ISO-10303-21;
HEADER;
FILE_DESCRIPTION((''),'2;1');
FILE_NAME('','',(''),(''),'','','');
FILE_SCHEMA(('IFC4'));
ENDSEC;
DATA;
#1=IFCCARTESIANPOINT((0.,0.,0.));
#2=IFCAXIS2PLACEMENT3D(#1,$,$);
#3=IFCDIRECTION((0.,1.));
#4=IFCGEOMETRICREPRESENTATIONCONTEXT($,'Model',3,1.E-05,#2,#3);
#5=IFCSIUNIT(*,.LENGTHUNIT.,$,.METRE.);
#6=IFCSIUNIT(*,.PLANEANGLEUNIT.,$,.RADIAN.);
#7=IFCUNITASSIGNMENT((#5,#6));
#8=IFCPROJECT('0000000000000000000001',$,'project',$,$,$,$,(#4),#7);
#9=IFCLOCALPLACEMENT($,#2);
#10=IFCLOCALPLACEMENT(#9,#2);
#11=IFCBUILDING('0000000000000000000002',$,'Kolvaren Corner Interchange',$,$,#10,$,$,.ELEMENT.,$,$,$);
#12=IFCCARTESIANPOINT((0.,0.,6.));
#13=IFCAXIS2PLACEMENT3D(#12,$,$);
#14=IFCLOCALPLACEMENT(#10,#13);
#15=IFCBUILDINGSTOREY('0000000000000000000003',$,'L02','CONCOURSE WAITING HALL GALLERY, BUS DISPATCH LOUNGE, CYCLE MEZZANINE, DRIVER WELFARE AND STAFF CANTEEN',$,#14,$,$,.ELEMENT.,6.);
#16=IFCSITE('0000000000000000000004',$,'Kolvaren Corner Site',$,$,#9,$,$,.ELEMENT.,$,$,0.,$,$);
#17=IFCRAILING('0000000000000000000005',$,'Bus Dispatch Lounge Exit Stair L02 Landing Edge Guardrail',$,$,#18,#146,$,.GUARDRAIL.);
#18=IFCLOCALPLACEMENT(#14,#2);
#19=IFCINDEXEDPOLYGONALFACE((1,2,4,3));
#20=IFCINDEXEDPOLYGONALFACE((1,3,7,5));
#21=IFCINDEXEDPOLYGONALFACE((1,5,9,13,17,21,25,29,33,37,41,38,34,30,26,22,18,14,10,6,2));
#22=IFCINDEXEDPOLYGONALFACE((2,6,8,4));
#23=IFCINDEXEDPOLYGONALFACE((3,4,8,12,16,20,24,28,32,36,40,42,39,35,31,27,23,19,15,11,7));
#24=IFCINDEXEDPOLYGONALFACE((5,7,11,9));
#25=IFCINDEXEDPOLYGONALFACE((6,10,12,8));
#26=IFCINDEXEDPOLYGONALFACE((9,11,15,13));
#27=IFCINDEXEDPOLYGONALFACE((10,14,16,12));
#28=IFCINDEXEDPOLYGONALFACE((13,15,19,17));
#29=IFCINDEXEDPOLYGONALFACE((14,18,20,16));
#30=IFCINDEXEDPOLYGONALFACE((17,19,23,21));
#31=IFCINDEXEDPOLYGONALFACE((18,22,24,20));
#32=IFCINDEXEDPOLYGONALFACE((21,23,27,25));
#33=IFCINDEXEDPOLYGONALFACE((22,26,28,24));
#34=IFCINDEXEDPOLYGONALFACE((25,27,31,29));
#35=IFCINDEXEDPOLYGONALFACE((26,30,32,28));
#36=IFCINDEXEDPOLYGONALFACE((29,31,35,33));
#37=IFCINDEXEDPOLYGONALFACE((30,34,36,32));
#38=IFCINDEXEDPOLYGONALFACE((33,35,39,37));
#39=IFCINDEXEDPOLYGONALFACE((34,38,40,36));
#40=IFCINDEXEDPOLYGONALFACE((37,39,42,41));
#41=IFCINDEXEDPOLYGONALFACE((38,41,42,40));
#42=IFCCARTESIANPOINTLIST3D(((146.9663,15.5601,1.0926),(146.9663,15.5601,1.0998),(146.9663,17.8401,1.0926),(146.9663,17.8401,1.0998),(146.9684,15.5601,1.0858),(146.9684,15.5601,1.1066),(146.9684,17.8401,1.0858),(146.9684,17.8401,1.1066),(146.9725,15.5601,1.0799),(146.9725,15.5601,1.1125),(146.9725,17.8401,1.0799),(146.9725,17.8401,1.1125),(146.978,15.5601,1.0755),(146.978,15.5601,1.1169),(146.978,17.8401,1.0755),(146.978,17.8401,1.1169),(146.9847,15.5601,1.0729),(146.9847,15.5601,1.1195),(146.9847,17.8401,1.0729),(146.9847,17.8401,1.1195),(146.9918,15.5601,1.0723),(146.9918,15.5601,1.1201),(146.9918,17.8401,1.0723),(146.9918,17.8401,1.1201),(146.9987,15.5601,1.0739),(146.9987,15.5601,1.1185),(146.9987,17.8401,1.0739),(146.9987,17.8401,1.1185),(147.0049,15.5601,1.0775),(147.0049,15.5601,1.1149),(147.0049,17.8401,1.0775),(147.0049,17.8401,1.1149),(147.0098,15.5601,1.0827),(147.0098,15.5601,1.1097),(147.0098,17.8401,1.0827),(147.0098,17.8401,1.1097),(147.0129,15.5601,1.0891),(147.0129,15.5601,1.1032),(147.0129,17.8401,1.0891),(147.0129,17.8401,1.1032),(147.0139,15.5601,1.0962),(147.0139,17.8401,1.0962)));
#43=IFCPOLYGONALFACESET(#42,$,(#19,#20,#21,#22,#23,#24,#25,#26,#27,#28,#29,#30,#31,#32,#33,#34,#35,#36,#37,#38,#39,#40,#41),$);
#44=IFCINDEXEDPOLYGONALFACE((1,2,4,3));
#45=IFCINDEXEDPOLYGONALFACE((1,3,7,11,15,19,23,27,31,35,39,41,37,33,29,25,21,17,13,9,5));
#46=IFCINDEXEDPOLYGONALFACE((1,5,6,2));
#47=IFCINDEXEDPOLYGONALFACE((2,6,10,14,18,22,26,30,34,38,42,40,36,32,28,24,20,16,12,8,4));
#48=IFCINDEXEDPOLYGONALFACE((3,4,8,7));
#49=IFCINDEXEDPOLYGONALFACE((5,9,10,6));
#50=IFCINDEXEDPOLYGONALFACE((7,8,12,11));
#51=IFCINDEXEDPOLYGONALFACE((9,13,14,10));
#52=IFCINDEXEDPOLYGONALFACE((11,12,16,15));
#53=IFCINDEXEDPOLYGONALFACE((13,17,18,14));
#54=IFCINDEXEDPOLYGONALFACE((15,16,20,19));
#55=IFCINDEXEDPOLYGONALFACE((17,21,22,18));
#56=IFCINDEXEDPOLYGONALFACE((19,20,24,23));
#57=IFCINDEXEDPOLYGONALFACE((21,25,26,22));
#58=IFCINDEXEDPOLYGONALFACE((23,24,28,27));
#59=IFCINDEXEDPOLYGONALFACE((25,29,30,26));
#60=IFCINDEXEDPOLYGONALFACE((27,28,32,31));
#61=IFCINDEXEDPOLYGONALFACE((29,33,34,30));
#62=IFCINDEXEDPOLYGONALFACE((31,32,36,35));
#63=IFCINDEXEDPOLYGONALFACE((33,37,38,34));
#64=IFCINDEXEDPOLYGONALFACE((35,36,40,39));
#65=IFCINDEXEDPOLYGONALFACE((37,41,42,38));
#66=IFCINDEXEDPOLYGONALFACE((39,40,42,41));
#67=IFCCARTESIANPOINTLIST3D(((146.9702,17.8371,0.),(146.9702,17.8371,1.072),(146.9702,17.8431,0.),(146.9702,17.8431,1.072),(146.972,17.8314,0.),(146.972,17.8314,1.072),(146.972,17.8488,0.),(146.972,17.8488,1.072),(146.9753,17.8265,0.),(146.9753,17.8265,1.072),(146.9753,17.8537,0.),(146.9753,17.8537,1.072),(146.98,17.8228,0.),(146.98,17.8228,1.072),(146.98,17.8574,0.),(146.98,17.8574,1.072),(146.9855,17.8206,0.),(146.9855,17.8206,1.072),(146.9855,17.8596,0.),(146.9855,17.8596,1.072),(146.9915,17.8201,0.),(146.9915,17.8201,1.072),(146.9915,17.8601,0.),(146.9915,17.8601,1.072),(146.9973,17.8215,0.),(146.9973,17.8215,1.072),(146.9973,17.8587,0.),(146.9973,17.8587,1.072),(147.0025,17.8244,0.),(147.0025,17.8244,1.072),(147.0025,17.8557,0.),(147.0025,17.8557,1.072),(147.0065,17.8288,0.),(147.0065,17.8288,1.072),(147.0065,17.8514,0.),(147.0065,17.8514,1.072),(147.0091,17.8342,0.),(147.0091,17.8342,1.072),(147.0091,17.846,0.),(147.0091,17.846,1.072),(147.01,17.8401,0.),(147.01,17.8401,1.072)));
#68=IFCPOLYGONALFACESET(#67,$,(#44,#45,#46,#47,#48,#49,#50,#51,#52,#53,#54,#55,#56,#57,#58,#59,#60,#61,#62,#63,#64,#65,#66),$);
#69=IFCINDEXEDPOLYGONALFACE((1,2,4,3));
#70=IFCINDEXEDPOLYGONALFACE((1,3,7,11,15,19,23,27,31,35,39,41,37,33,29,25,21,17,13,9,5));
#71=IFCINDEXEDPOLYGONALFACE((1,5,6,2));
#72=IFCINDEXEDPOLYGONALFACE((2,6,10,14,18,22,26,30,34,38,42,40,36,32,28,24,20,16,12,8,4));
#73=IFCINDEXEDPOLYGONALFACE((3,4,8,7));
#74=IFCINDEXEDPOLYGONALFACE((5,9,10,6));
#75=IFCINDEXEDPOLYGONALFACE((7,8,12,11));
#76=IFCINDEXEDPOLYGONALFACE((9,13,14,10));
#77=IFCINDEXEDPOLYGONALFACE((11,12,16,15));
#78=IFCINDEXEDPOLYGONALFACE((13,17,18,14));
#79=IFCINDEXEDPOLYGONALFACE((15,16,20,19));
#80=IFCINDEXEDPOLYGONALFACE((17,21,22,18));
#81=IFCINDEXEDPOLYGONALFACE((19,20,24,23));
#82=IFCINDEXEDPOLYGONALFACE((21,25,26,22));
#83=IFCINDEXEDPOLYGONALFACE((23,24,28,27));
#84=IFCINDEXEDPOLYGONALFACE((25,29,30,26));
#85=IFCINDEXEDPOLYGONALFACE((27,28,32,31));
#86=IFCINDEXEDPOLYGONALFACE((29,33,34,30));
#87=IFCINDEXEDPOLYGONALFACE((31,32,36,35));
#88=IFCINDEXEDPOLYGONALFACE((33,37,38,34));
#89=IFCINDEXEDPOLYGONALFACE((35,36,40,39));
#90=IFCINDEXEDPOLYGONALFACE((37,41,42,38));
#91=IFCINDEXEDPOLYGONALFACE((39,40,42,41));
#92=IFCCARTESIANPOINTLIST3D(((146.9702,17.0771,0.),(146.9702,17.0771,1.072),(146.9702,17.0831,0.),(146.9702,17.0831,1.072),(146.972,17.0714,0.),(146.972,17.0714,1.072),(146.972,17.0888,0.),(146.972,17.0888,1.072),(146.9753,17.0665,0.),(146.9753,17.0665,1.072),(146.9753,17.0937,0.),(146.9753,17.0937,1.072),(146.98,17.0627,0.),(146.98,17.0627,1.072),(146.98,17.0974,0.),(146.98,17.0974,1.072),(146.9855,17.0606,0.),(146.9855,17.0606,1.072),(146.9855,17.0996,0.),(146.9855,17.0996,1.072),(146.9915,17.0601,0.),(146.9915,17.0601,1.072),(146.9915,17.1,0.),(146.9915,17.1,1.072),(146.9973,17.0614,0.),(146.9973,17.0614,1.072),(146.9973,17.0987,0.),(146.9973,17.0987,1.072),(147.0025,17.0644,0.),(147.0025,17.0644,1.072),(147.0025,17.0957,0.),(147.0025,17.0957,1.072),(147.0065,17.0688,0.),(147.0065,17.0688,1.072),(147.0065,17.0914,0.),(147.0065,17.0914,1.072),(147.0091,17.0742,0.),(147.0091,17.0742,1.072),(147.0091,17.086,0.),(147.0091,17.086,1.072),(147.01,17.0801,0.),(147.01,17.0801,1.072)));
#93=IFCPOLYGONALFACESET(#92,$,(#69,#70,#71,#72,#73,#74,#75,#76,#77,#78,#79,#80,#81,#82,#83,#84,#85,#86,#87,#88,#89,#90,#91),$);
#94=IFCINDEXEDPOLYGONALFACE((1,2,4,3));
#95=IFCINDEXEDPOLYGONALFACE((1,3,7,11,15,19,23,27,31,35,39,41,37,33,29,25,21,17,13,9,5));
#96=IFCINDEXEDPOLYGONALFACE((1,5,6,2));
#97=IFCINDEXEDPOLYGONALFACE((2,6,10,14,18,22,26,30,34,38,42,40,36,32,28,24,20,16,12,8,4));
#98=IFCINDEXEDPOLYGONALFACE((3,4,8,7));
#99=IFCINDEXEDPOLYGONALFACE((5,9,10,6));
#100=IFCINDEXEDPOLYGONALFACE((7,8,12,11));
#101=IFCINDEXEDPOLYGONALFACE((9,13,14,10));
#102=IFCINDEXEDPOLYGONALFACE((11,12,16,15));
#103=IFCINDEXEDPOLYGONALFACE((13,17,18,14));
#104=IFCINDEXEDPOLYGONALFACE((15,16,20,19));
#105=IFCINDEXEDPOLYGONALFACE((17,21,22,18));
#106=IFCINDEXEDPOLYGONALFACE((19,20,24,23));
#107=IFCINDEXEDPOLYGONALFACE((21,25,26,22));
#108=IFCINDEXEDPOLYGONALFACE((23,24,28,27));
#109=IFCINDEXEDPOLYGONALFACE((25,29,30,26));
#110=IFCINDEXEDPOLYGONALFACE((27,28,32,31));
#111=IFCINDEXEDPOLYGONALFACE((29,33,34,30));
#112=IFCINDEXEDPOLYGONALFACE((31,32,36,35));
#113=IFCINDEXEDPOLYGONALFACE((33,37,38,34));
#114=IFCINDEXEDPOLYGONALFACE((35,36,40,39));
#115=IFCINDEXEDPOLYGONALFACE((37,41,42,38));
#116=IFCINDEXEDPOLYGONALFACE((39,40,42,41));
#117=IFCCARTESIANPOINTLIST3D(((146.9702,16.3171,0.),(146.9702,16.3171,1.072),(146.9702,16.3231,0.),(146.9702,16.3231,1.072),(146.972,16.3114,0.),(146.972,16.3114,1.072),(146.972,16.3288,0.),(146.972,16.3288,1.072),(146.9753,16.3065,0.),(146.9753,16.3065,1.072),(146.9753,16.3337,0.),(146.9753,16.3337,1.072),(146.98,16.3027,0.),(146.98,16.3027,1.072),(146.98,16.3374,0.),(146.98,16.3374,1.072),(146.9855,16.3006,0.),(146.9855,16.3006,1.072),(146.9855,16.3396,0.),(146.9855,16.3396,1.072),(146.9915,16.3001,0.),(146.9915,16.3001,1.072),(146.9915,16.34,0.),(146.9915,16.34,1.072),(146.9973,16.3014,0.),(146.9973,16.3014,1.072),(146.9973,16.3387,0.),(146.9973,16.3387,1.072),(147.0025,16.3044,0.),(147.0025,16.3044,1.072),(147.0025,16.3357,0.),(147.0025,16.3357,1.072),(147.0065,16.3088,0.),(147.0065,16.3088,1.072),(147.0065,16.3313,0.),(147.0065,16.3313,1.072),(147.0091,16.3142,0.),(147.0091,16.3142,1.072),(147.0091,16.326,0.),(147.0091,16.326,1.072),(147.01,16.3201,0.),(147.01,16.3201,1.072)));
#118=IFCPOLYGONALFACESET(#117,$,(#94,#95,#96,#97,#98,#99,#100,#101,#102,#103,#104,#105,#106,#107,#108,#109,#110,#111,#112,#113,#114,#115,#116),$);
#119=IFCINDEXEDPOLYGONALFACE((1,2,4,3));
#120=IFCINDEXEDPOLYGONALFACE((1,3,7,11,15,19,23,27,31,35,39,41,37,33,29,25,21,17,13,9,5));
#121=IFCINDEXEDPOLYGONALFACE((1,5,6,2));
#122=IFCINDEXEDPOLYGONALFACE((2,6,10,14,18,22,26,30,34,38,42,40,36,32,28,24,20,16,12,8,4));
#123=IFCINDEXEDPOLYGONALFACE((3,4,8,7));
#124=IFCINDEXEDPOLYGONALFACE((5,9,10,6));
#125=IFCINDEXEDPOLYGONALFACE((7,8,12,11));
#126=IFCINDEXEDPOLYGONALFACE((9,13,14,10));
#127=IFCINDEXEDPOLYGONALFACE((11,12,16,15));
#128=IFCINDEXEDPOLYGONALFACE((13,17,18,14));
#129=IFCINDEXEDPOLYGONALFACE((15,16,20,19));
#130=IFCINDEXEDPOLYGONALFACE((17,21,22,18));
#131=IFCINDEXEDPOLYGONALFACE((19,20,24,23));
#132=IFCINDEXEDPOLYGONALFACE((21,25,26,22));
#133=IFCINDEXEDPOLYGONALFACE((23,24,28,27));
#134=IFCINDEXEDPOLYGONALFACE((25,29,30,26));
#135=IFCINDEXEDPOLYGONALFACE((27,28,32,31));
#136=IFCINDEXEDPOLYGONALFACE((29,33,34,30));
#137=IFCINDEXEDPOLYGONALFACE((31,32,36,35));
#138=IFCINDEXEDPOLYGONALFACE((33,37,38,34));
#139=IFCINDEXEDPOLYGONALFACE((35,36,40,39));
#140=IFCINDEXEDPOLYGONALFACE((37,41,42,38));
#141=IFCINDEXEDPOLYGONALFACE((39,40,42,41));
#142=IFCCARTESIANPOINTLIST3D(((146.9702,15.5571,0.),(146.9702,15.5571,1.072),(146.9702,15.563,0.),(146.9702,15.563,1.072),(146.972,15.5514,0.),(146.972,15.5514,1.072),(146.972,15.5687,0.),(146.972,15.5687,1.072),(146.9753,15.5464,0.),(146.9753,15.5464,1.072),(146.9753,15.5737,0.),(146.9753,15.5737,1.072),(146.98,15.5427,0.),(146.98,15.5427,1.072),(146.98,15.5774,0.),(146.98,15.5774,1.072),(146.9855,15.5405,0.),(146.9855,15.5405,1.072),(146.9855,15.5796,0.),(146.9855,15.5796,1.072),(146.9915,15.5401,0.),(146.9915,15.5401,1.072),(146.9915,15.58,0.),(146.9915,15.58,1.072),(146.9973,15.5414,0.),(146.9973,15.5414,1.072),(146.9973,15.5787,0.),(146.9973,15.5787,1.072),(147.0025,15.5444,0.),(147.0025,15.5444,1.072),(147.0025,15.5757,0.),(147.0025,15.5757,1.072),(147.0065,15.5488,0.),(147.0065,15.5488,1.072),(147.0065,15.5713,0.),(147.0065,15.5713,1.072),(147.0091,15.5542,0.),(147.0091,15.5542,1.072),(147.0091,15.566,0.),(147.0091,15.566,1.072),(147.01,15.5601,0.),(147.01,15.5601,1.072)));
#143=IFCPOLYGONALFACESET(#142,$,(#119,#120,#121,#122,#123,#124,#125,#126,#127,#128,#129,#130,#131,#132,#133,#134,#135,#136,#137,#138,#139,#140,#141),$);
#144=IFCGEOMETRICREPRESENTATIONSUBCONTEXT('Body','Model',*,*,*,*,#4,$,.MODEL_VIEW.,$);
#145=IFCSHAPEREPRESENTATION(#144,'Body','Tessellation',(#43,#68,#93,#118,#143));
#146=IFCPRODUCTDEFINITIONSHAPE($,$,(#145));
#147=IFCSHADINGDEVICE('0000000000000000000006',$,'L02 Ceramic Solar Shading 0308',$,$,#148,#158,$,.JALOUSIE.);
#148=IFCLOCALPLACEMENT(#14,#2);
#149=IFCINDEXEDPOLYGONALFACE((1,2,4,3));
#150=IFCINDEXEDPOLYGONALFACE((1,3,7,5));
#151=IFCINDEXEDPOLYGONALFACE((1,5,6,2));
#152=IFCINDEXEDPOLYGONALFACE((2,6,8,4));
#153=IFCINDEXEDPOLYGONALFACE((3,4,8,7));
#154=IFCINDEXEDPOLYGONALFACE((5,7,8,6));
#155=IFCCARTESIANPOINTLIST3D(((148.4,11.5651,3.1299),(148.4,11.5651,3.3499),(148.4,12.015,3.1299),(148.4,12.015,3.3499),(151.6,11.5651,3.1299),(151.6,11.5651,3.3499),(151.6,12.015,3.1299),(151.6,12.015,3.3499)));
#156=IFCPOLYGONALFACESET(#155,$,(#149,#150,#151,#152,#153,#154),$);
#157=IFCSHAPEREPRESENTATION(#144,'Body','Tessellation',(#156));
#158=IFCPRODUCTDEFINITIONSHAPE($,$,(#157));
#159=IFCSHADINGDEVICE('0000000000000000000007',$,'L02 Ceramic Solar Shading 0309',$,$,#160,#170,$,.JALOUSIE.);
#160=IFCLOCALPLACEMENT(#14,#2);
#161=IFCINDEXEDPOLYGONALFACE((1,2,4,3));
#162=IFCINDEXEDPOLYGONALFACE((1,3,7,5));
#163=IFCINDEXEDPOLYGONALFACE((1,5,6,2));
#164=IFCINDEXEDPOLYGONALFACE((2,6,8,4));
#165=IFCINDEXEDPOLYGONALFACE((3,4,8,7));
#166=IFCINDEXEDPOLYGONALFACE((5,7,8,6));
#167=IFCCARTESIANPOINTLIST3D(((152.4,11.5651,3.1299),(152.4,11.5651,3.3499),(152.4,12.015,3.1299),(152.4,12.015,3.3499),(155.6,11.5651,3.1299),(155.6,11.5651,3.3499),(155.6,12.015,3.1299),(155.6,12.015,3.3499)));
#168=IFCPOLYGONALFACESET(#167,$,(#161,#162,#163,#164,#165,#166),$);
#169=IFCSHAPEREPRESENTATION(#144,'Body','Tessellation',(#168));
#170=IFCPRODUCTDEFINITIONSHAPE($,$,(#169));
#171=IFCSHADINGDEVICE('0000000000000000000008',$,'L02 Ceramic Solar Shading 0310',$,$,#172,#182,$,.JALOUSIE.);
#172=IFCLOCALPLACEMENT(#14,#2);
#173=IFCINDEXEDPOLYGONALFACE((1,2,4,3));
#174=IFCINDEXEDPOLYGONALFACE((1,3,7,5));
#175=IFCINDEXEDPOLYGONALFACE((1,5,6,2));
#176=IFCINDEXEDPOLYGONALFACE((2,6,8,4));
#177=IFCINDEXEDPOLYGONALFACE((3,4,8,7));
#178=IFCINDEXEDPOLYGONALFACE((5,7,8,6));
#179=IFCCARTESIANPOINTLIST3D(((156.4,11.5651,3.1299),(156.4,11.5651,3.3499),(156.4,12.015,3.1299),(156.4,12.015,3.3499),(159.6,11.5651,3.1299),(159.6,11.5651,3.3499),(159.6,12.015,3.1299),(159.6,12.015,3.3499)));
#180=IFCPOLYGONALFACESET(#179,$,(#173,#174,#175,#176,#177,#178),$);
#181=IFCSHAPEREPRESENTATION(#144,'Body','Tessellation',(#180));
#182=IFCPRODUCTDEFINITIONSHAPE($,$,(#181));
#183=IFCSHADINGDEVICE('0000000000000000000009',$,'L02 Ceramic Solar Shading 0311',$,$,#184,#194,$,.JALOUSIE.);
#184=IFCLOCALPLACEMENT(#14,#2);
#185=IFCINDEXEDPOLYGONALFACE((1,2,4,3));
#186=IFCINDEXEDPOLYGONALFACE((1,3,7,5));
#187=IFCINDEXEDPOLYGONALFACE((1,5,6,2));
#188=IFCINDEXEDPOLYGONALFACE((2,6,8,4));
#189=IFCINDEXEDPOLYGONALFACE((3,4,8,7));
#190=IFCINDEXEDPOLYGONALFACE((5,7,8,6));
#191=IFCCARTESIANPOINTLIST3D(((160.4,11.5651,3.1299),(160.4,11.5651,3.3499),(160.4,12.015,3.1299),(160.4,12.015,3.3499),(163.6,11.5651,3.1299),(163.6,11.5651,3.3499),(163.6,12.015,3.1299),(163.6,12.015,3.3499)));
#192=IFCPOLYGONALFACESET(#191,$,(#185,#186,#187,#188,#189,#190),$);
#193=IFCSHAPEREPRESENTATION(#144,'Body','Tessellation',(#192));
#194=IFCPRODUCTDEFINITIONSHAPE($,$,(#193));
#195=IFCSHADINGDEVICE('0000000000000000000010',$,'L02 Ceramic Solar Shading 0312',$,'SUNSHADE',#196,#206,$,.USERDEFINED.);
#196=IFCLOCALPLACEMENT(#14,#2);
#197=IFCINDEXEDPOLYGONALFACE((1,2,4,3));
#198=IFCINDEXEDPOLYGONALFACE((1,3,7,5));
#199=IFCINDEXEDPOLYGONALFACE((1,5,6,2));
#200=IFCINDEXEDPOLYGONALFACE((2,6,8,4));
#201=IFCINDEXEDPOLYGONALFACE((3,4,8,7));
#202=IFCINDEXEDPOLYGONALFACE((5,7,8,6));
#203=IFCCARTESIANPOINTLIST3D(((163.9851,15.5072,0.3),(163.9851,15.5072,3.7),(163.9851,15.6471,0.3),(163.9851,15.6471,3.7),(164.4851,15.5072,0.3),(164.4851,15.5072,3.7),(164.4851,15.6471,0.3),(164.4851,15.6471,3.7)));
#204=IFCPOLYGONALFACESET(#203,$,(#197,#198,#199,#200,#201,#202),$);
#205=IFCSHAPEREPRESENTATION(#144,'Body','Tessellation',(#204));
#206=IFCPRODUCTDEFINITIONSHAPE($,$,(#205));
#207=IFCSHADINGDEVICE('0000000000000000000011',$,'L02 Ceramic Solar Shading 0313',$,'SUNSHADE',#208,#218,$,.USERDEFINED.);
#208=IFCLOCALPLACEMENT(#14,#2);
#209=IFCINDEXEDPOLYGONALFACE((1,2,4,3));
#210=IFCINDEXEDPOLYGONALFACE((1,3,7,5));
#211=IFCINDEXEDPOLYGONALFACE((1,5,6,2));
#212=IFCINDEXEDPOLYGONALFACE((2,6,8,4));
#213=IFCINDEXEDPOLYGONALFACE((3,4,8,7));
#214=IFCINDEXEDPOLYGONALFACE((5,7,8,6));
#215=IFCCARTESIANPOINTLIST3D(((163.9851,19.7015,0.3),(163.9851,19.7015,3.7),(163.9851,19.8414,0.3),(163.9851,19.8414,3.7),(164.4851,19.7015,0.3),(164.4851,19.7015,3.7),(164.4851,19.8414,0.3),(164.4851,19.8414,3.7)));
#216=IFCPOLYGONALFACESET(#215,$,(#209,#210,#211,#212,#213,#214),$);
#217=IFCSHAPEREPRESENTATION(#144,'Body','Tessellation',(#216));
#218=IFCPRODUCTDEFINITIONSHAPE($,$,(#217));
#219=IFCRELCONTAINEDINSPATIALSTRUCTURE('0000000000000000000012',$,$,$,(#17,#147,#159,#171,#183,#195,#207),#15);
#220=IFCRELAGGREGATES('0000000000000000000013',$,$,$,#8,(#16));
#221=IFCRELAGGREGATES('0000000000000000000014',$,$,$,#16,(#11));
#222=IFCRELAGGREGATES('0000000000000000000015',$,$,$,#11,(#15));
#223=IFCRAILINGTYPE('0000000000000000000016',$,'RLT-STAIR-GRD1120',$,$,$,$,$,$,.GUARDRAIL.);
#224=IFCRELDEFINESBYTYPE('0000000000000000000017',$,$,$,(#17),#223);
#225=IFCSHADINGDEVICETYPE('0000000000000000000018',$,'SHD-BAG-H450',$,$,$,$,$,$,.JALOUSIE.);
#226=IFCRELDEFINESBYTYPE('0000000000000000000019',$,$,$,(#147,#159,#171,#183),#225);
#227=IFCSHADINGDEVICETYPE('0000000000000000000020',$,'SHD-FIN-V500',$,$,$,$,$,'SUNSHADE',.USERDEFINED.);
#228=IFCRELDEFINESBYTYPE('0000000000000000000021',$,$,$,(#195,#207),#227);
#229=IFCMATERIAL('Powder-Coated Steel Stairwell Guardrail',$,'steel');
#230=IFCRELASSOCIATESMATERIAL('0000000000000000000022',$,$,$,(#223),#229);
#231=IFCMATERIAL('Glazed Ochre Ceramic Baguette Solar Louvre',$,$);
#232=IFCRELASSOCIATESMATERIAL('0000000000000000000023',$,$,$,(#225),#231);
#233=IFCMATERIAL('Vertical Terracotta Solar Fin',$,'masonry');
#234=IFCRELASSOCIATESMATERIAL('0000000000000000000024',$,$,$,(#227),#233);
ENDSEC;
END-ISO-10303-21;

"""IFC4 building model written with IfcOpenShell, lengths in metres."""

from ifc_helpers import new_model, si_unit, direction, frame, origin, origin_2d, place, context, subcontext, project, spatial, rectangle, circle, extrude, material, type_object, element, save


model = new_model("IFC4")

# Units and contexts
model_context = context("Model", 3, precision=1e-05, world=origin(), true_north=direction((0.0, 1.0)))
body_context = subcontext(model_context, "Body", "Model", "MODEL_VIEW")
ifc_project = project(units=[si_unit("LENGTHUNIT", "METRE"), si_unit("PLANEANGLEUNIT", "RADIAN")], contexts=[model_context])

# Site, building, storey
site_placement = place(None, origin())
site = spatial("IfcSite", under=ifc_project, at=site_placement, Name="Kolvaren Corner Site", CompositionType="ELEMENT", RefElevation=0.0)
building_placement = place(site_placement, origin())
building = spatial("IfcBuilding", under=site, at=building_placement, Name="Kolvaren Corner Interchange", CompositionType="ELEMENT")
storey_placement = place(building_placement, frame((0.0, 0.0, 6.0)))
storey = spatial("IfcBuildingStorey", under=building, at=storey_placement, Name="L02", Description="CONCOURSE WAITING HALL GALLERY, BUS DISPATCH LOUNGE, CYCLE MEZZANINE, DRIVER WELFARE AND STAFF CANTEEN", CompositionType="ELEMENT", Elevation=6.0)

# Railing
ifc_material_1 = material(Name="Powder-Coated Steel Stairwell Guardrail", Category="steel")
railing_type = type_object("IfcRailingType", Name="RLT-STAIR-GRD1120", PredefinedType="GUARDRAIL", material=ifc_material_1)
railing_placement = place(storey_placement, frame((146.99, 17.8401, 0.0)))
element("IfcRailing", 1, at=railing_placement, inside=storey, type_object=railing_type, Name="Bus Dispatch Lounge Exit Stair L02 Landing Edge Guardrail", PredefinedType="GUARDRAIL", context=body_context, shape_type="SweptSolid", body=[
    extrude(circle(Radius=0.0239, at=origin_2d()), frame((0.0, 0.0, 1.0962), z_axis=(0.0, -1.0, 0.0), x_axis=(1.0, 0.0, 0.0)), (0.0, 0.0, 1.0), 2.28),
    extrude(circle(Radius=0.02, at=origin_2d()), origin(), (0.0, 0.0, 1.0), 1.072),
    extrude(circle(Radius=0.02, at=origin_2d()), frame((0.0, -0.76, 0.0)), (0.0, 0.0, 1.0), 1.072),
    extrude(circle(Radius=0.02, at=origin_2d()), frame((0.0, -1.52, 0.0)), (0.0, 0.0, 1.0), 1.072),
    extrude(circle(Radius=0.02, at=origin_2d()), frame((0.0, -2.28, 0.0)), (0.0, 0.0, 1.0), 1.072),
])

# Shading devices
ifc_material_2 = material(Name="Glazed Ochre Ceramic Baguette Solar Louvre")
shading_device_type_1 = type_object("IfcShadingDeviceType", Name="SHD-BAG-H450", PredefinedType="JALOUSIE", material=ifc_material_2)
for number, where, z_axis, x_axis, name in (
    (2, (150.0, 11.79, 3.1299), (0.0, 0.0, 1.0), (1.0, 0.0, 0.0), "L02 Ceramic Solar Shading 0308"),
    (3, (154.0, 11.79, 3.1299), (0.0, 0.0, 1.0), (1.0, 0.0, 0.0), "L02 Ceramic Solar Shading 0309"),
    (4, (158.0, 11.79, 3.1299), (0.0, 0.0, 1.0), (1.0, 0.0, 0.0), "L02 Ceramic Solar Shading 0310"),
    (5, (162.0, 11.79, 3.1299), (0.0, 0.0, 1.0), (1.0, 0.0, 0.0), "L02 Ceramic Solar Shading 0311"),
):
    element("IfcShadingDevice", number, at=place(storey_placement, frame(where, z_axis=z_axis, x_axis=x_axis)), inside=storey, type_object=shading_device_type_1, Name=name, PredefinedType="JALOUSIE", context=body_context, shape_type="SweptSolid", body=[
        extrude(rectangle(XDim=3.2, YDim=0.45, at=origin_2d()), origin(), (0.0, 0.0, 1.0), 0.22),
    ])
ifc_material_3 = material(Name="Vertical Terracotta Solar Fin", Category="masonry")
shading_device_type_2 = type_object("IfcShadingDeviceType", Name="SHD-FIN-V500", ElementType="SUNSHADE", PredefinedType="USERDEFINED", material=ifc_material_3)
for number, where, z_axis, x_axis, name in (
    (6, (164.2351, 15.5771, 0.3), (0.0, 0.0, 1.0), (0.0, 1.0, 0.0), "L02 Ceramic Solar Shading 0312"),
    (7, (164.2351, 19.7715, 0.3), (0.0, 0.0, 1.0), (0.0, 1.0, 0.0), "L02 Ceramic Solar Shading 0313"),
):
    element("IfcShadingDevice", number, at=place(storey_placement, frame(where, z_axis=z_axis, x_axis=x_axis)), inside=storey, type_object=shading_device_type_2, Name=name, ObjectType="SUNSHADE", PredefinedType="USERDEFINED", context=body_context, shape_type="SweptSolid", body=[
        extrude(rectangle(XDim=0.1399, YDim=0.5, at=origin_2d()), origin(), (0.0, 0.0, 1.0), 3.3999),
    ])

save(model, "model.ifc")
